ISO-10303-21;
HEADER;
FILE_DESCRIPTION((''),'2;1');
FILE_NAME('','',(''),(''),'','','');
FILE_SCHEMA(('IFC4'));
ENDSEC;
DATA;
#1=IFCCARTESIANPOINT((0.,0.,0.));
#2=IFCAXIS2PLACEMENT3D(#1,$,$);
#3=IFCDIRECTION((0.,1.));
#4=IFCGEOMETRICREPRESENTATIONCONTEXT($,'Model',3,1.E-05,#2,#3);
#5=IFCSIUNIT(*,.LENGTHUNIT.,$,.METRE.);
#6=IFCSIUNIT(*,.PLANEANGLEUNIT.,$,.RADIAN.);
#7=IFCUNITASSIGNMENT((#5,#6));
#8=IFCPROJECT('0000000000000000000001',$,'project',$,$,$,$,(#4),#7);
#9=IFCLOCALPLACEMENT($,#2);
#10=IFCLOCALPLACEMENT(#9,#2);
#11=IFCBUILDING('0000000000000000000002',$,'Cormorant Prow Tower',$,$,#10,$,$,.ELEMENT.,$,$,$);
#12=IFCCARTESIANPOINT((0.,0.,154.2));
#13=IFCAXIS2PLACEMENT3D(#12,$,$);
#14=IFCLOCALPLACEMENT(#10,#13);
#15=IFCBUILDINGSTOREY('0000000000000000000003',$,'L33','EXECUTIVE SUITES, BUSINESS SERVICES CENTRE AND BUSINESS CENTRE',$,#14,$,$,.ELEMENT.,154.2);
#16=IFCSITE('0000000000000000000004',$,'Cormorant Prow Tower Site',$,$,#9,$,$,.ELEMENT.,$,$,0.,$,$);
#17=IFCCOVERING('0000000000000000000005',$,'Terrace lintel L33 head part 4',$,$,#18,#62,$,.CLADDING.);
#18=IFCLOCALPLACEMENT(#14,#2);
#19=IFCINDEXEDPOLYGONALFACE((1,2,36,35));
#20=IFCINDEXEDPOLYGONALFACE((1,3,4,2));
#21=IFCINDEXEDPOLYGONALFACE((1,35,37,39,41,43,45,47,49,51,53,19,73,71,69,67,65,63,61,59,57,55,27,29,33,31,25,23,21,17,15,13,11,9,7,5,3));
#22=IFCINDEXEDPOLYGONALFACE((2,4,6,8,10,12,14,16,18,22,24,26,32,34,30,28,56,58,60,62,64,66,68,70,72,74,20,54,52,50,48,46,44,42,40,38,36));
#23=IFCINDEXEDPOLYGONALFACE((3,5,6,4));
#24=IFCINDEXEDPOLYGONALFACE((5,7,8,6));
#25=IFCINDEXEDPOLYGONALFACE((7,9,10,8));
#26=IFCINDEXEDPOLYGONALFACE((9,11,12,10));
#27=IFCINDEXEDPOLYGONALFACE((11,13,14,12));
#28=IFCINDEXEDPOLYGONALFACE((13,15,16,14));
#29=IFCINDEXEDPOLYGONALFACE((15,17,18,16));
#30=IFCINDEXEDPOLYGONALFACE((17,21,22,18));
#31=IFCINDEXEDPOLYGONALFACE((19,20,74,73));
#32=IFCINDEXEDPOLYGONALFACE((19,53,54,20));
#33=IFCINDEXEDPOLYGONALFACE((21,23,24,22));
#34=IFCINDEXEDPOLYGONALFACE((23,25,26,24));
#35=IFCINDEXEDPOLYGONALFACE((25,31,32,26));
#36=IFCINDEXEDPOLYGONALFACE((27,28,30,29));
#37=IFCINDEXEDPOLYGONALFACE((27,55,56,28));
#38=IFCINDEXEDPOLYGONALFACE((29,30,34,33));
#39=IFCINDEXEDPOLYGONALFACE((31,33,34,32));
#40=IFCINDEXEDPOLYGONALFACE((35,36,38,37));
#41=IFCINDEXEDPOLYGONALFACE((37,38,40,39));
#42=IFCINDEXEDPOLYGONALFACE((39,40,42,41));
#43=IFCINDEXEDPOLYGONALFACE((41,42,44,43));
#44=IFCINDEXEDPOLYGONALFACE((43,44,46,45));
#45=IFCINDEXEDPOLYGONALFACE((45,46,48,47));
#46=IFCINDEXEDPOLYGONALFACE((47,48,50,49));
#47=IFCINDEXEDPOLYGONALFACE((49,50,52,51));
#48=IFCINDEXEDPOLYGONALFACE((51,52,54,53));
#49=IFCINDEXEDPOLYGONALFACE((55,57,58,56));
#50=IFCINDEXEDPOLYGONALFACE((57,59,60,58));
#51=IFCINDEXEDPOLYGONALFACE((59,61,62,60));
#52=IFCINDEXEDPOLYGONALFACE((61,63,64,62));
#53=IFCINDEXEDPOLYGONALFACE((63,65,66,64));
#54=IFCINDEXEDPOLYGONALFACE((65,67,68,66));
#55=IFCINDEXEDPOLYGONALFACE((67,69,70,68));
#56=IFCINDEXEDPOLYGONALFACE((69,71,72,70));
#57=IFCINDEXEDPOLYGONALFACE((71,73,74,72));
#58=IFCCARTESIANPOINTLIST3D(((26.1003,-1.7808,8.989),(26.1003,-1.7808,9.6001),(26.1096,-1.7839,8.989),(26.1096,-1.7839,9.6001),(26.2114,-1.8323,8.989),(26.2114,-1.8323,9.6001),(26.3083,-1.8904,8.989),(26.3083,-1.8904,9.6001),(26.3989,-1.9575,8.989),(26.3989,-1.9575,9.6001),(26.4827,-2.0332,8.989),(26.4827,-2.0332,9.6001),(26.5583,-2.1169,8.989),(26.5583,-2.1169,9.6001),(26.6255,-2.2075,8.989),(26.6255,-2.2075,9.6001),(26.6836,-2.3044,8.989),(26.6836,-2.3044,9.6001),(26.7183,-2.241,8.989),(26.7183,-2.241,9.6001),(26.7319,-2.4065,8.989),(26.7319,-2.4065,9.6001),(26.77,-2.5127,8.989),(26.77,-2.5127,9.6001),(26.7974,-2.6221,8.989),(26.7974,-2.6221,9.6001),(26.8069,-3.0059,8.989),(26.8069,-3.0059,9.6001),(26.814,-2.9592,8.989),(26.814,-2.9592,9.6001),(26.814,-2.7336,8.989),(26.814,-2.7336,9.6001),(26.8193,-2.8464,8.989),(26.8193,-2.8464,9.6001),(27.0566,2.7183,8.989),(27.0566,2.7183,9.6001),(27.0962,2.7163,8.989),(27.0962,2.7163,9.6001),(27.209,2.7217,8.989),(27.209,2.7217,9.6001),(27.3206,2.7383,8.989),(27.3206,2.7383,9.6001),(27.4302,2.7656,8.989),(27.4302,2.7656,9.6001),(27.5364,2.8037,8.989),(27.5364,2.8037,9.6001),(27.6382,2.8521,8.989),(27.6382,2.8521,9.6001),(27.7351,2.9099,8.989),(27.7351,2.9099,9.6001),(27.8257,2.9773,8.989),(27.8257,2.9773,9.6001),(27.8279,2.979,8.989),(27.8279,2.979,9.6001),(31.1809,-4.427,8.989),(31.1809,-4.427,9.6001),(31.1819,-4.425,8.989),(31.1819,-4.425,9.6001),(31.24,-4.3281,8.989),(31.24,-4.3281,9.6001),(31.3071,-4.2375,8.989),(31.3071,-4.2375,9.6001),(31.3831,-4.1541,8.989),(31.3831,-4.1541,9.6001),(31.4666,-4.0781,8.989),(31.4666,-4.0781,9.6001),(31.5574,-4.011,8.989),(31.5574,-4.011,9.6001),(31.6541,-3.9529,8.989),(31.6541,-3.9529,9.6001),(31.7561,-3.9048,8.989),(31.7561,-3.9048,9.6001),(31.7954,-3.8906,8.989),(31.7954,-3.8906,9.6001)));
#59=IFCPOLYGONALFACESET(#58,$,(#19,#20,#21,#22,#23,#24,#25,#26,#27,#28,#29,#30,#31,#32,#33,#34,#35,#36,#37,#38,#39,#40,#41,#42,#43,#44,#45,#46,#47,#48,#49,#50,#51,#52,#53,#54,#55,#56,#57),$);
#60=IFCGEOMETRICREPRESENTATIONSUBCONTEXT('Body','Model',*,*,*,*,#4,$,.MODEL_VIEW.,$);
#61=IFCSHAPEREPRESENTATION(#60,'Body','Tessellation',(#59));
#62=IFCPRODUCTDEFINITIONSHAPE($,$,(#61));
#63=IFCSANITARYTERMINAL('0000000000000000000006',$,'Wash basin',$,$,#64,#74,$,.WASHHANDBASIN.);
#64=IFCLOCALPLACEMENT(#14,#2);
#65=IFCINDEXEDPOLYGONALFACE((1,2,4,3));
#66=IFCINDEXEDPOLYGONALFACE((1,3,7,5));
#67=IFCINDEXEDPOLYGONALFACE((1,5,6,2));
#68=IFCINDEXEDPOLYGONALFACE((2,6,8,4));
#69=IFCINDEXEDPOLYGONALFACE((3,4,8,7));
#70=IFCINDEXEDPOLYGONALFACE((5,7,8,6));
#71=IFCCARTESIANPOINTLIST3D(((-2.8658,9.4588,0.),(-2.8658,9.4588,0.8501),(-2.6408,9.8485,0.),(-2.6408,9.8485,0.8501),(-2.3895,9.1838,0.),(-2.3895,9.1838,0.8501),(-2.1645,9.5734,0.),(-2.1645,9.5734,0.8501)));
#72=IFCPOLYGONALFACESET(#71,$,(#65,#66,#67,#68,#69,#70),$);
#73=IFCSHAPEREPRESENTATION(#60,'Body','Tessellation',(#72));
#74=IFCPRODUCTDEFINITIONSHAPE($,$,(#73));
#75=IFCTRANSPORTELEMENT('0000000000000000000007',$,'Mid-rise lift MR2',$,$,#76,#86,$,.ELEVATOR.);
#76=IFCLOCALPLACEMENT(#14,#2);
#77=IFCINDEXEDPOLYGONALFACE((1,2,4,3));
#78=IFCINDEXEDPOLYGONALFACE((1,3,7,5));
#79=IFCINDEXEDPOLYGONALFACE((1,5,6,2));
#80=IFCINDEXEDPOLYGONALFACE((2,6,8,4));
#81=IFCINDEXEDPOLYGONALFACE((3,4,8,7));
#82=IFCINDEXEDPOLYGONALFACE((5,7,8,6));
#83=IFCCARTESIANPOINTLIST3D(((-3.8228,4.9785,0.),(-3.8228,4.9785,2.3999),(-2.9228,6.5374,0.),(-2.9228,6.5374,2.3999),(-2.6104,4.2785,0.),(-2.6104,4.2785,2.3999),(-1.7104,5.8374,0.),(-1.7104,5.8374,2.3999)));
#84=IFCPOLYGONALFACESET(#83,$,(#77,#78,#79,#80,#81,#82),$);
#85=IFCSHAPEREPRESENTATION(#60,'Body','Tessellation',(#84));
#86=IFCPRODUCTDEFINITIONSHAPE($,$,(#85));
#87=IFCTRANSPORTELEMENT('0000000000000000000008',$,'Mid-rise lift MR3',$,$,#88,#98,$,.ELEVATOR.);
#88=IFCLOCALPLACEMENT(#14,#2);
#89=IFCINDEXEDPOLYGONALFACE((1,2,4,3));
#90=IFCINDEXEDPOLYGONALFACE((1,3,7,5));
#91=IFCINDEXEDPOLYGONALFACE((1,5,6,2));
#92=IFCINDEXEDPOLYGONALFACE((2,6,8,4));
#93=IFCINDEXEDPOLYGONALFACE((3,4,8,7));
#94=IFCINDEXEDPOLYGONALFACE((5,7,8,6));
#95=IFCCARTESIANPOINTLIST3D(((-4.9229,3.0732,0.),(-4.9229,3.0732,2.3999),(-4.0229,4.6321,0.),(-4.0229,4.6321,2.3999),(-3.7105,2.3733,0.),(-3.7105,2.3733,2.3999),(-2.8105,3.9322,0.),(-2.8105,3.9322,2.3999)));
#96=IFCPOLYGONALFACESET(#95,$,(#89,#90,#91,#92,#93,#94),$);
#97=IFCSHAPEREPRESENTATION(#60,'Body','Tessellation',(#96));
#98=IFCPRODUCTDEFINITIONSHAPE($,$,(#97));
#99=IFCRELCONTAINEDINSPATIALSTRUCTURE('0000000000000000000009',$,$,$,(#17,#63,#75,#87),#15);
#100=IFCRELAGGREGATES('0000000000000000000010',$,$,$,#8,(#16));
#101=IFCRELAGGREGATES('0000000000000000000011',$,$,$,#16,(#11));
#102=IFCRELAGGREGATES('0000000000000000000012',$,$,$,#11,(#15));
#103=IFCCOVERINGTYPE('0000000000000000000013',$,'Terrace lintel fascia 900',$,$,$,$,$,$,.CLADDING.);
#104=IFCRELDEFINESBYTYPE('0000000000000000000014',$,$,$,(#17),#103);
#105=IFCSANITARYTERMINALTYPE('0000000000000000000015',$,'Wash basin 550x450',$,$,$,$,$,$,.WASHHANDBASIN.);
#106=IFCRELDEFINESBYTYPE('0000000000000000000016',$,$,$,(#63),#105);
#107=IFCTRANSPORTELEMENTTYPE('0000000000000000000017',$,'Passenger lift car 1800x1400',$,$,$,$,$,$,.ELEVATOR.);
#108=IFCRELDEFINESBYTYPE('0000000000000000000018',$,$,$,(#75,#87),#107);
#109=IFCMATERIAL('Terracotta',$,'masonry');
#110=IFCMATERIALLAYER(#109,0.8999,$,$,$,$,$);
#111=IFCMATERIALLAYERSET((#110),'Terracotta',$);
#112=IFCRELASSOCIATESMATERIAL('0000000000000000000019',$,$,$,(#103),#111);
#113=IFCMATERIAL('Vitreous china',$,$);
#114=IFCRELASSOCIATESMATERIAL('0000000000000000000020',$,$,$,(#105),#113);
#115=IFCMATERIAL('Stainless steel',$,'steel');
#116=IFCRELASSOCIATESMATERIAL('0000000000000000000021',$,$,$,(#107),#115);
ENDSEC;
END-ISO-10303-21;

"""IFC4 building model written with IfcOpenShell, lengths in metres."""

from ifc_helpers import new_model, si_unit, direction, frame, origin, origin_2d, place, context, subcontext, project, spatial, polyline, rectangle, outline, extrude, material, layer, layer_set, type_object, element, save


model = new_model("IFC4")

# Units and contexts
model_context = context("Model", 3, precision=1e-05, world=origin(), true_north=direction((0.0, 1.0)))
body_context = subcontext(model_context, "Body", "Model", "MODEL_VIEW")
ifc_project = project(units=[si_unit("LENGTHUNIT", "METRE"), si_unit("PLANEANGLEUNIT", "RADIAN")], contexts=[model_context])

# Site, building, storey
site_placement = place(None, origin())
site = spatial("IfcSite", under=ifc_project, at=site_placement, Name="Cormorant Prow Tower Site", CompositionType="ELEMENT", RefElevation=0.0)
building_placement = place(site_placement, origin())
building = spatial("IfcBuilding", under=site, at=building_placement, Name="Cormorant Prow Tower", CompositionType="ELEMENT")
storey_placement = place(building_placement, frame((0.0, 0.0, 154.2)))
storey = spatial("IfcBuildingStorey", under=building, at=storey_placement, Name="L33", Description="EXECUTIVE SUITES, BUSINESS SERVICES CENTRE AND BUSINESS CENTRE", CompositionType="ELEMENT", Elevation=154.2)

# Covering
ifc_material_1 = material(Name="Terracotta", Category="masonry")
ifc_layer_1 = layer(ifc_material_1, 0.8999)
ifc_layer_set_1 = layer_set([ifc_layer_1], Name="Terracotta")
covering_type = type_object("IfcCoveringType", Name="Terrace lintel fascia 900", PredefinedType="CLADDING", material=ifc_layer_set_1)
covering_1_placement = place(storey_placement, frame((0.0, 0.0, 8.989)))
element("IfcCovering", 1, at=covering_1_placement, inside=storey, type_object=covering_type, Name="Terrace lintel L33 head part 4", PredefinedType="CLADDING", context=body_context, shape_type="SweptSolid", body=[
    extrude(outline(polyline([(27.0962, 2.7163), (27.209, 2.7217), (27.3206, 2.7383), (27.4302, 2.7656), (27.5364, 2.8037), (27.6382, 2.8521), (27.7351, 2.9099), (27.8257, 2.9773), (27.8279, 2.979), (26.7183, -2.241), (31.7954, -3.8906), (31.7561, -3.9048), (31.6541, -3.9529), (31.5574, -4.011), (31.4666, -4.0781), (31.3831, -4.1541), (31.3071, -4.2375), (31.24, -4.3281), (31.1819, -4.425), (31.1809, -4.427), (26.8069, -3.0059), (26.814, -2.9592), (26.8193, -2.8464), (26.814, -2.7336), (26.7974, -2.6221), (26.77, -2.5127), (26.7319, -2.4065), (26.6836, -2.3044), (26.6255, -2.2075), (26.5583, -2.1169), (26.4827, -2.0332), (26.3989, -1.9575), (26.3083, -1.8904), (26.2114, -1.8323), (26.1096, -1.7839), (26.1003, -1.7808), (27.0566, 2.7183), (27.0962, 2.7163)])), origin(), (0.0, 0.0, 1.0), 0.6111),
])

# Sanitary terminal
ifc_material_2 = material(Name="Vitreous china")
sanitary_terminal_type = type_object("IfcSanitaryTerminalType", Name="Wash basin 550x450", PredefinedType="WASHHANDBASIN", material=ifc_material_2)
sanitary_terminal_placement = place(storey_placement, frame((-2.5151, 9.5161, 0.0), z_axis=(0.0, 0.0, 1.0), x_axis=(0.866017, -0.500015, 0.0)))
element("IfcSanitaryTerminal", 2, at=sanitary_terminal_placement, inside=storey, type_object=sanitary_terminal_type, Name="Wash basin", PredefinedType="WASHHANDBASIN", context=body_context, shape_type="SweptSolid", body=[
    extrude(rectangle(XDim=0.55, YDim=0.45, at=origin_2d()), origin(), (0.0, 0.0, 1.0), 0.8501),
])

# Transport elements
ifc_material_3 = material(Name="Stainless steel", Category="steel")
transport_element_type = type_object("IfcTransportElementType", Name="Passenger lift car 1800x1400", PredefinedType="ELEVATOR", material=ifc_material_3)
for number, where, z_axis, x_axis, name in (
    (3, (-2.7666, 5.408, 0.0), (0.0, 0.0, 1.0), (-0.5, -0.866025, 0.0), "Mid-rise lift MR2"),
    (4, (-3.8667, 3.5027, 0.0), (0.0, 0.0, 1.0), (-0.5, -0.866025, 0.0), "Mid-rise lift MR3"),
):
    element("IfcTransportElement", number, at=place(storey_placement, frame(where, z_axis=z_axis, x_axis=x_axis)), inside=storey, type_object=transport_element_type, Name=name, PredefinedType="ELEVATOR", context=body_context, shape_type="SweptSolid", body=[
        extrude(rectangle(XDim=1.8, YDim=1.3999, at=origin_2d()), origin(), (0.0, 0.0, 1.0), 2.3999),
    ])

save(model, "model.ifc")
